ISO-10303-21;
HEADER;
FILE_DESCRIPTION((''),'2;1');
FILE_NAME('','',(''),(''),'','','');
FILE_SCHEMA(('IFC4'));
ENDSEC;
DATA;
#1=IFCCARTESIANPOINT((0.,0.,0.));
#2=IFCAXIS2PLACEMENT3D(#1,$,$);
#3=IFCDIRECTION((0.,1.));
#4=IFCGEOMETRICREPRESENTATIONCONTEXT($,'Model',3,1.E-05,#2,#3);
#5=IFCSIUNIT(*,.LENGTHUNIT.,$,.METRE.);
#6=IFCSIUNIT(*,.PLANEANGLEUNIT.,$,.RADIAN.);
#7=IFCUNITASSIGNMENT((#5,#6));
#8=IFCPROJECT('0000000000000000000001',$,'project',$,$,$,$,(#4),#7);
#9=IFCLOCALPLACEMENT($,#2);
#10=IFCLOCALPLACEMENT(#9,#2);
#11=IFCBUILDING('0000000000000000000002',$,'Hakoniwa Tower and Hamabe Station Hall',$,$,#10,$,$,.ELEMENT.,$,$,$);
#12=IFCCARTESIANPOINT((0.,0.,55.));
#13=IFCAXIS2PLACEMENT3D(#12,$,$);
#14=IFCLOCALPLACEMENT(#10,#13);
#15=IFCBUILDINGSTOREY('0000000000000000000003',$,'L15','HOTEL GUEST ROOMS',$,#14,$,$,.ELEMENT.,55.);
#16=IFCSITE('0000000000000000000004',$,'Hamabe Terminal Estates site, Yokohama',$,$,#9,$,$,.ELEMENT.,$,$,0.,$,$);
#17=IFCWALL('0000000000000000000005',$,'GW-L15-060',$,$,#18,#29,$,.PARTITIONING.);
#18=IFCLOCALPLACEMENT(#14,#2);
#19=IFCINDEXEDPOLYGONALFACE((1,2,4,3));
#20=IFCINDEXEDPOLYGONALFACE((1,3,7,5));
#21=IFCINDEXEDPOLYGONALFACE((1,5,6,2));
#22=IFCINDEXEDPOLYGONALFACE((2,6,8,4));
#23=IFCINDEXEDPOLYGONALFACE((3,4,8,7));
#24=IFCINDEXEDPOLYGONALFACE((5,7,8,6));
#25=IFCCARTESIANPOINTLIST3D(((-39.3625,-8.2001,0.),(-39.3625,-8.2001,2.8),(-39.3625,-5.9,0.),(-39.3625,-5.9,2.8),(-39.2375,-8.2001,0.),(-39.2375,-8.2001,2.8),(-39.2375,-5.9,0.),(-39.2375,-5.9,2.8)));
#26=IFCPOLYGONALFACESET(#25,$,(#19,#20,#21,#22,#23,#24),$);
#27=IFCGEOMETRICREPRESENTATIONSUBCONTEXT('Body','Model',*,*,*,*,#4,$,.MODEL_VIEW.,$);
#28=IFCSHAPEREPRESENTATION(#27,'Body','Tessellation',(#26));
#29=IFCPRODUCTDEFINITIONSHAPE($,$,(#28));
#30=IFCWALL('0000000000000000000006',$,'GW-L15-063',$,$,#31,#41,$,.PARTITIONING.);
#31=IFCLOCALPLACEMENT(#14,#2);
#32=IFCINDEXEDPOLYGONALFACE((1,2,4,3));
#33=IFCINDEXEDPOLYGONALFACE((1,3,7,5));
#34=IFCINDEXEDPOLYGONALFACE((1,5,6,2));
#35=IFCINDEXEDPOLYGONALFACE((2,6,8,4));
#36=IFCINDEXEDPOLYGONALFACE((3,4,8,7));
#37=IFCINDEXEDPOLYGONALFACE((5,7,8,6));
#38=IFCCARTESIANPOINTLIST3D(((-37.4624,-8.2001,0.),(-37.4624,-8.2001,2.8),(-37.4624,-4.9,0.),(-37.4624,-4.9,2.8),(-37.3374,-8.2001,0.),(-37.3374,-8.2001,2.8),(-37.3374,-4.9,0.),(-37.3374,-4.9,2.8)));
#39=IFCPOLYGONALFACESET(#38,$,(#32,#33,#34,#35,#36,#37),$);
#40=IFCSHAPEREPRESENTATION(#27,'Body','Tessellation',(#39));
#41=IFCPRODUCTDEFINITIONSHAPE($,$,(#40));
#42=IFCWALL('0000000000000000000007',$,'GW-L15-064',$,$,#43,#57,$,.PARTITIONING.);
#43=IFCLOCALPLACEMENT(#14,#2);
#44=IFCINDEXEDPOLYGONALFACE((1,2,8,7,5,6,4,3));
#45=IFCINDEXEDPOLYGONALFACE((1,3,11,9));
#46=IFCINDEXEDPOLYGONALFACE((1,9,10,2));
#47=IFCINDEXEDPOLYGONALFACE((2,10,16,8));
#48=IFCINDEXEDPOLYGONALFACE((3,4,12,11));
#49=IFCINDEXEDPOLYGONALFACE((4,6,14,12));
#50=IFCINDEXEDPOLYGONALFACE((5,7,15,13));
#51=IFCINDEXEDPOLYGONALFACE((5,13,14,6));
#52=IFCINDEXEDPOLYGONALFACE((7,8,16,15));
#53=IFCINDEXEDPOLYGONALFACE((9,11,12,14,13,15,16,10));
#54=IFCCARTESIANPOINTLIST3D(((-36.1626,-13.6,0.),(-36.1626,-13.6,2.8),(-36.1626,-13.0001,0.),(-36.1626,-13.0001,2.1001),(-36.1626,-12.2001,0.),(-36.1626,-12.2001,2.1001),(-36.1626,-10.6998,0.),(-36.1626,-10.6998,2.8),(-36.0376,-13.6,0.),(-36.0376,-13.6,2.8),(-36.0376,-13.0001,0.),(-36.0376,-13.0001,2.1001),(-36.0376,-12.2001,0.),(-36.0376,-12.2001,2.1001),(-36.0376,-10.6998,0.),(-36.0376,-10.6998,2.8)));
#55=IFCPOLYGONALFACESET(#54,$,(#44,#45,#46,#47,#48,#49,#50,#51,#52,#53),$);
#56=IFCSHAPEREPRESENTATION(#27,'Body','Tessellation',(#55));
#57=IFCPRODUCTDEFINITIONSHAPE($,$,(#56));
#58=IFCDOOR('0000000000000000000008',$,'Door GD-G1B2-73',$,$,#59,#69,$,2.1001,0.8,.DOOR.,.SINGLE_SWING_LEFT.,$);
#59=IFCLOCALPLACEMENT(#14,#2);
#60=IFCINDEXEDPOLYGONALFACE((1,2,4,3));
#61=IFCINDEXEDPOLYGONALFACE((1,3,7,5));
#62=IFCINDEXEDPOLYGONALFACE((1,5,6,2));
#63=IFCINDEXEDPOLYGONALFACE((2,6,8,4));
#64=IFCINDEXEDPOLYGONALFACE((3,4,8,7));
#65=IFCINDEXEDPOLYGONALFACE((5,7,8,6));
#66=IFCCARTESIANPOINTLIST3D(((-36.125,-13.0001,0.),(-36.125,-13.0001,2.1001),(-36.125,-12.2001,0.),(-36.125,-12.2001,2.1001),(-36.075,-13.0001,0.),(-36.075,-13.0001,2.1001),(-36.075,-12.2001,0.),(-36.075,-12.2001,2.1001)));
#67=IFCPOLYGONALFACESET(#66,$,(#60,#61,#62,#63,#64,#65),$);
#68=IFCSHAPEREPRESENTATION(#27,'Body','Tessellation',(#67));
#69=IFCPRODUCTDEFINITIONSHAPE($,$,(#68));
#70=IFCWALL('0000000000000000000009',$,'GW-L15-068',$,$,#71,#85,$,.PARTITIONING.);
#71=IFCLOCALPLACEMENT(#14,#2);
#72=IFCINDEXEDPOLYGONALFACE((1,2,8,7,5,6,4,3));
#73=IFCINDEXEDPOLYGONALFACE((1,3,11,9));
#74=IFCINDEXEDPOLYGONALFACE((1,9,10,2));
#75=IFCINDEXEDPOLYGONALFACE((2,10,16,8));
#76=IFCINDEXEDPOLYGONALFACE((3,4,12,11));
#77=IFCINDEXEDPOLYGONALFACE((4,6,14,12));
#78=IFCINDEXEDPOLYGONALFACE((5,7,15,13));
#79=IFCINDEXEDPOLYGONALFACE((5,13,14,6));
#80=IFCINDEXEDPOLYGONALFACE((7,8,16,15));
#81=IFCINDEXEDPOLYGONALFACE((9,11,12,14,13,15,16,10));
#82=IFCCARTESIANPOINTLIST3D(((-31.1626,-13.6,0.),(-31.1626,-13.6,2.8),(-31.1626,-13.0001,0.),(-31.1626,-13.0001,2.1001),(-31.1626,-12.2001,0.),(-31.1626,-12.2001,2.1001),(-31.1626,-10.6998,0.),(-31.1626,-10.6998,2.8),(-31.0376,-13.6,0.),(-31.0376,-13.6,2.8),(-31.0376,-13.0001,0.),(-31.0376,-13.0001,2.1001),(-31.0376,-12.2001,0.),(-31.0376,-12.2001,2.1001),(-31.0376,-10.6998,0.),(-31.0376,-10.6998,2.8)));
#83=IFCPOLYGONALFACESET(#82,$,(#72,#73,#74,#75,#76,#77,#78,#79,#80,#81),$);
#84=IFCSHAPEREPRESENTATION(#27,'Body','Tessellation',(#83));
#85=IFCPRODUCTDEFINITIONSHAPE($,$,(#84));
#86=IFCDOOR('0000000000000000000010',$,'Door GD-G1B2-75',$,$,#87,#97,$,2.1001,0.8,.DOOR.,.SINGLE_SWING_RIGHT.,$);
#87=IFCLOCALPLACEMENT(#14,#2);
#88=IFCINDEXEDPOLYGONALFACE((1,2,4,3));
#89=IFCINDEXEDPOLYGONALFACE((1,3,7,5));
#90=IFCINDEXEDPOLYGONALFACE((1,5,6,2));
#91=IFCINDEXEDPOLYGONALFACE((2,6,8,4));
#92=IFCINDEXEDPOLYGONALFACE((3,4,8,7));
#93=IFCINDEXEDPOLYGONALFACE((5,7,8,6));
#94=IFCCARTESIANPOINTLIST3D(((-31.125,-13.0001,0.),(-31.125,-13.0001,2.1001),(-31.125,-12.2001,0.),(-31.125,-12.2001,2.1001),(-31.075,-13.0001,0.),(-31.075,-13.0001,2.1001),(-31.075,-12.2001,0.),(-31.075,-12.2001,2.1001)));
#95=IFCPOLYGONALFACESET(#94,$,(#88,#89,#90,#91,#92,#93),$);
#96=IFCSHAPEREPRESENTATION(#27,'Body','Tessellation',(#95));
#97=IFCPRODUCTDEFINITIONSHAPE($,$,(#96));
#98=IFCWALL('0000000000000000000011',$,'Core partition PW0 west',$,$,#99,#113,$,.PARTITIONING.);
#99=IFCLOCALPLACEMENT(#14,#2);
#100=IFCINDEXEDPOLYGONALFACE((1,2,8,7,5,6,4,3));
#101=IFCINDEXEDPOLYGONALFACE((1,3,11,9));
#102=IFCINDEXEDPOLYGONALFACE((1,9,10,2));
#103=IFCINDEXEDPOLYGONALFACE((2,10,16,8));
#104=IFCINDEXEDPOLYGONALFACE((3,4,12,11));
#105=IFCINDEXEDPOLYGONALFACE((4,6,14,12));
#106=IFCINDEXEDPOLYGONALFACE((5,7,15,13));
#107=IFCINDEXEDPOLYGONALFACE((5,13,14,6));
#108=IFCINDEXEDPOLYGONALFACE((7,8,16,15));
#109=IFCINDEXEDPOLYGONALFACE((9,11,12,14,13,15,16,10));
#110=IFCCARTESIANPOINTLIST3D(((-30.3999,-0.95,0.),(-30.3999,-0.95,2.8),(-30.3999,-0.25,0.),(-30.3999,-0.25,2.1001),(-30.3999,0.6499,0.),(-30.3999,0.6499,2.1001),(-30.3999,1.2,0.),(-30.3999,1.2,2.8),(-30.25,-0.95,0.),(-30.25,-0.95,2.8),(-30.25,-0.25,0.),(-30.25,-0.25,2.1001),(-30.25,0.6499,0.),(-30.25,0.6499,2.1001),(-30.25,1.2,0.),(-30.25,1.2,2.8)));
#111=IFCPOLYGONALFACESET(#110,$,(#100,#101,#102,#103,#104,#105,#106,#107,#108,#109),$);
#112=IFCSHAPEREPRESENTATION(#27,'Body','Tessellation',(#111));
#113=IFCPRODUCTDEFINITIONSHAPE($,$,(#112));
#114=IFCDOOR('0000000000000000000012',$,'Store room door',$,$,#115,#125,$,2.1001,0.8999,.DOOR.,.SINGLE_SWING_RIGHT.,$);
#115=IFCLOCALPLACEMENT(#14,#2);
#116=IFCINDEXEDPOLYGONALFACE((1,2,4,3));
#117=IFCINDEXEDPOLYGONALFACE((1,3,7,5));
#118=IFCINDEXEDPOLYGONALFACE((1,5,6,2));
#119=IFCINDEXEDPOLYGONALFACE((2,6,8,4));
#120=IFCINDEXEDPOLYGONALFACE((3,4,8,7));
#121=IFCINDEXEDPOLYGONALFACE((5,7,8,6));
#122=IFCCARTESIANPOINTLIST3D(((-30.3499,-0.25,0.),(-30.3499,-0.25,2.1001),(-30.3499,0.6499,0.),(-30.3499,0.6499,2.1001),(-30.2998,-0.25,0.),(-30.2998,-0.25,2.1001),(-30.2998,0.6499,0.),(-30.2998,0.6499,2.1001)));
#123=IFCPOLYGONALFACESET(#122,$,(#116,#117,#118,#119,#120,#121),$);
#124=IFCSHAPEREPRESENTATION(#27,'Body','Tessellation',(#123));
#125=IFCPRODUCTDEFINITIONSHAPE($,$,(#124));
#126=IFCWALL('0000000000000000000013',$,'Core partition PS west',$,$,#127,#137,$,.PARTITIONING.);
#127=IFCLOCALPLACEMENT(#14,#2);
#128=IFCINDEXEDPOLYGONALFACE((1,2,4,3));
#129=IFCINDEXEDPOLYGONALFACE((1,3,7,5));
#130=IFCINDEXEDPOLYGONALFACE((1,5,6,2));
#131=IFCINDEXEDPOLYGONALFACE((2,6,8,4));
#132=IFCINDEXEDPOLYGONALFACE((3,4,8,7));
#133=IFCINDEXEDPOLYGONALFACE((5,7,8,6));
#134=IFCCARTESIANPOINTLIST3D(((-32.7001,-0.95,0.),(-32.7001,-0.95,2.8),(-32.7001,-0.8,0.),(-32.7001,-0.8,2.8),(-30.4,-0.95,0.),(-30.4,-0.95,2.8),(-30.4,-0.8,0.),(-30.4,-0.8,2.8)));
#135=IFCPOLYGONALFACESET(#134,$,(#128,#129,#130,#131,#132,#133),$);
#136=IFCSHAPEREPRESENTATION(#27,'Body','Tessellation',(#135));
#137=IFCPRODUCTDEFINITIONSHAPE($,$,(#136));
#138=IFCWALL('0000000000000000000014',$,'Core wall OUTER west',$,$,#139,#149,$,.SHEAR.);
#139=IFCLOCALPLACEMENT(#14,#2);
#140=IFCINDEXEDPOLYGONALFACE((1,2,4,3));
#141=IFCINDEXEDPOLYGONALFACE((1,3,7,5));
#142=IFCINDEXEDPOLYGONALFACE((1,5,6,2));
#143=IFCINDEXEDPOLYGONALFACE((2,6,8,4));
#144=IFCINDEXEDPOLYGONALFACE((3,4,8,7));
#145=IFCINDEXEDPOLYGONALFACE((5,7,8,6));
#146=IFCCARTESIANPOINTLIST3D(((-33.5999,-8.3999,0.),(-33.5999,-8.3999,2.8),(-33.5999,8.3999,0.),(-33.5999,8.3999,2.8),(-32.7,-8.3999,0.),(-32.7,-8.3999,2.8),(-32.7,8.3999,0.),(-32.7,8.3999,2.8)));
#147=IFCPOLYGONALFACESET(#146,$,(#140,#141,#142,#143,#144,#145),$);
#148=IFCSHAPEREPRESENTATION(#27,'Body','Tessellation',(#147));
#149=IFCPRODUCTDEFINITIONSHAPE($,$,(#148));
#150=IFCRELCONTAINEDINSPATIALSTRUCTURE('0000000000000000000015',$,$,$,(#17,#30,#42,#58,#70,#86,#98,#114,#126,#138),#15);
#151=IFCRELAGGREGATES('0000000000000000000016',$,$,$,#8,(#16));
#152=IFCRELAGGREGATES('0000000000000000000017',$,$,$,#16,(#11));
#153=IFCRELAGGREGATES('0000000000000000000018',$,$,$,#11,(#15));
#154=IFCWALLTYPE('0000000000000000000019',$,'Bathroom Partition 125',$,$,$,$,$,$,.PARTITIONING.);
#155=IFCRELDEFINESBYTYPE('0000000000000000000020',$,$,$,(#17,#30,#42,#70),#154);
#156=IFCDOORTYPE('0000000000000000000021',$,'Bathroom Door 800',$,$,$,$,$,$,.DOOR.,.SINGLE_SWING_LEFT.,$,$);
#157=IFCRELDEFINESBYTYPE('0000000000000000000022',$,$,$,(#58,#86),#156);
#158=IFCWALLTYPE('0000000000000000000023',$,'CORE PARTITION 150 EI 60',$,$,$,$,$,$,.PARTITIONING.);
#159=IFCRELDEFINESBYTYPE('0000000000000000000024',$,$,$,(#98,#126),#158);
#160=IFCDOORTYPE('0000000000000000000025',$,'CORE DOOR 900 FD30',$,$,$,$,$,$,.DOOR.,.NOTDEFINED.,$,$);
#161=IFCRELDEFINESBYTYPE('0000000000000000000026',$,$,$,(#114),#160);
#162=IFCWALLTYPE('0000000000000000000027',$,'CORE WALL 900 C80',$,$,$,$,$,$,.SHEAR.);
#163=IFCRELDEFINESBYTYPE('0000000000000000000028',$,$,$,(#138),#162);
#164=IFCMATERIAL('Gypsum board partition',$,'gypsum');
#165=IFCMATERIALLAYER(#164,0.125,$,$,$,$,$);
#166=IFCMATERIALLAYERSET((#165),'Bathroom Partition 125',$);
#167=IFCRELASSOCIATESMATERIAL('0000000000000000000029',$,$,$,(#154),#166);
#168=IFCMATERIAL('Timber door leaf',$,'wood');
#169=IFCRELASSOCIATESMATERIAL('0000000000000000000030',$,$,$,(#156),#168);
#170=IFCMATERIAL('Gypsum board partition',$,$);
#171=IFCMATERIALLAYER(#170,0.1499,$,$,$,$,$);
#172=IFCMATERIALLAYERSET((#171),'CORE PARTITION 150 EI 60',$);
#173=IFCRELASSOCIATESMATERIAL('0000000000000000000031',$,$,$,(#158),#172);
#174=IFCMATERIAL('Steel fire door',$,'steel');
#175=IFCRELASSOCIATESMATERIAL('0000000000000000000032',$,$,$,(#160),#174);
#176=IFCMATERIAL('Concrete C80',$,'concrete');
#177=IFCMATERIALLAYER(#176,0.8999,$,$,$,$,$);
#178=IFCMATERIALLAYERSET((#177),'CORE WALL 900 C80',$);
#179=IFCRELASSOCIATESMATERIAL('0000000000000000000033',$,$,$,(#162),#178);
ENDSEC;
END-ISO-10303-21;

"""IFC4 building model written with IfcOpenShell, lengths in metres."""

from ifc_helpers import new_model, si_unit, direction, frame, frame_2d, origin, place, context, subcontext, project, spatial, rectangle, extrude, material, layer, layer_set, type_object, element, fill, save


model = new_model("IFC4")

# Units and contexts
model_context = context("Model", 3, precision=1e-05, world=origin(), true_north=direction((0.0, 1.0)))
body_context = subcontext(model_context, "Body", "Model", "MODEL_VIEW")
ifc_project = project(units=[si_unit("LENGTHUNIT", "METRE"), si_unit("PLANEANGLEUNIT", "RADIAN")], contexts=[model_context])

# Site, building, storey
site_placement = place(None, origin())
site = spatial("IfcSite", under=ifc_project, at=site_placement, Name="Hamabe Terminal Estates site, Yokohama", CompositionType="ELEMENT", RefElevation=0.0)
building_placement = place(site_placement, origin())
building = spatial("IfcBuilding", under=site, at=building_placement, Name="Hakoniwa Tower and Hamabe Station Hall", CompositionType="ELEMENT")
storey_placement = place(building_placement, frame((0.0, 0.0, 55.0)))
storey = spatial("IfcBuildingStorey", under=building, at=storey_placement, Name="L15", Description="HOTEL GUEST ROOMS", CompositionType="ELEMENT", Elevation=55.0)

# Shared definitions
ifc_material_1 = material(Name="Gypsum board partition", Category="gypsum")
ifc_layer_1 = layer(ifc_material_1, 0.125)
ifc_layer_set_1 = layer_set([ifc_layer_1], Name="Bathroom Partition 125")
wall_type_1 = type_object("IfcWallType", Name="Bathroom Partition 125", PredefinedType="PARTITIONING", material=ifc_layer_set_1)

# Shared definitions
ifc_material_2 = material(Name="Timber door leaf", Category="wood")
door_type_1 = type_object("IfcDoorType", Name="Bathroom Door 800", OperationType="SINGLE_SWING_LEFT", PredefinedType="DOOR", material=ifc_material_2)

# Walls
wall_1_placement = place(storey_placement, frame((-39.3, -8.2, 0.0), z_axis=(0.0, 0.0, 1.0), x_axis=(0.0, 1.0, 0.0)))
element("IfcWall", 1, at=wall_1_placement, inside=storey, type_object=wall_type_1, Name="GW-L15-060", PredefinedType="PARTITIONING", context=body_context, shape_type="SweptSolid", body=[
    extrude(rectangle(XDim=2.3, YDim=0.125, at=frame_2d((1.1499, 0.0))), origin(), (0.0, 0.0, 1.0), 2.8),
])
wall_2_placement = place(storey_placement, frame((-37.3999, -8.2, 0.0), z_axis=(0.0, 0.0, 1.0), x_axis=(0.0, 1.0, 0.0)))
element("IfcWall", 2, at=wall_2_placement, inside=storey, type_object=wall_type_1, Name="GW-L15-063", PredefinedType="PARTITIONING", context=body_context, shape_type="SweptSolid", body=[
    extrude(rectangle(XDim=3.3, YDim=0.125, at=frame_2d((1.6499, 0.0))), origin(), (0.0, 0.0, 1.0), 2.8),
])

# Walls, openings, doors
wall_3_placement = place(storey_placement, frame((-36.1001, -13.6001, 0.0), z_axis=(0.0, 0.0, 1.0), x_axis=(0.0, 1.0, 0.0)))
wall_3 = element("IfcWall", 3, at=wall_3_placement, inside=storey, type_object=wall_type_1, Name="GW-L15-064", PredefinedType="PARTITIONING", context=body_context, shape_type="SweptSolid", body=[
    extrude(rectangle(XDim=2.9001, YDim=0.125, at=frame_2d((1.4502, 0.0))), origin(), (0.0, 0.0, 1.0), 2.8),
])
opening_1_placement = place(wall_3_placement, frame((0.6001, 0.0, 0.0)))
opening_1 = element("IfcOpeningElement", 4, at=opening_1_placement, cuts=wall_3, PredefinedType="OPENING", context=body_context, shape_type="SweptSolid", body=[
    extrude(rectangle(XDim=0.8, YDim=2.1001, at=frame_2d((0.3999, 1.05))), frame((0.0, 0.0725, 0.0), z_axis=(0.0, -1.0, 0.0), x_axis=(1.0, 0.0, 0.0)), (0.0, 0.0, 1.0), 0.145),
])
door_1_placement = place(opening_1_placement, origin())
door_1 = element("IfcDoor", 5, at=door_1_placement, inside=storey, type_object=door_type_1, Name="Door GD-G1B2-73", OperationType="SINGLE_SWING_LEFT", OverallHeight=2.1001, OverallWidth=0.8, PredefinedType="DOOR", context=body_context, shape_type="SweptSolid", body=[
    extrude(rectangle(XDim=0.8, YDim=2.1001, at=frame_2d((0.3999, 1.05))), frame((0.0, 0.0249, 0.0), z_axis=(0.0, -1.0, 0.0), x_axis=(1.0, 0.0, 0.0)), (0.0, 0.0, 1.0), 0.05),
])
fill(opening_1, door_1)
wall_4_placement = place(storey_placement, frame((-31.1001, -13.6001, 0.0), z_axis=(0.0, 0.0, 1.0), x_axis=(0.0, 1.0, 0.0)))
wall_4 = element("IfcWall", 6, at=wall_4_placement, inside=storey, type_object=wall_type_1, Name="GW-L15-068", PredefinedType="PARTITIONING", context=body_context, shape_type="SweptSolid", body=[
    extrude(rectangle(XDim=2.9001, YDim=0.125, at=frame_2d((1.4502, 0.0))), origin(), (0.0, 0.0, 1.0), 2.8),
])
opening_2_placement = place(wall_4_placement, frame((0.6001, 0.0, 0.0)))
opening_2 = element("IfcOpeningElement", 7, at=opening_2_placement, cuts=wall_4, PredefinedType="OPENING", context=body_context, shape_type="SweptSolid", body=[
    extrude(rectangle(XDim=0.8, YDim=2.1001, at=frame_2d((0.3999, 1.05))), frame((0.0, 0.0725, 0.0), z_axis=(0.0, -1.0, 0.0), x_axis=(1.0, 0.0, 0.0)), (0.0, 0.0, 1.0), 0.145),
])
door_2_placement = place(opening_2_placement, origin())
door_2 = element("IfcDoor", 8, at=door_2_placement, inside=storey, type_object=door_type_1, Name="Door GD-G1B2-75", OperationType="SINGLE_SWING_RIGHT", OverallHeight=2.1001, OverallWidth=0.8, PredefinedType="DOOR", context=body_context, shape_type="SweptSolid", body=[
    extrude(rectangle(XDim=0.8, YDim=2.1001, at=frame_2d((0.3999, 1.05))), frame((0.0, 0.0249, 0.0), z_axis=(0.0, -1.0, 0.0), x_axis=(1.0, 0.0, 0.0)), (0.0, 0.0, 1.0), 0.05),
])
fill(opening_2, door_2)
ifc_material_3 = material(Name="Gypsum board partition")
ifc_layer_2 = layer(ifc_material_3, 0.1499)
ifc_layer_set_2 = layer_set([ifc_layer_2], Name="CORE PARTITION 150 EI 60")
wall_type_2 = type_object("IfcWallType", Name="CORE PARTITION 150 EI 60", PredefinedType="PARTITIONING", material=ifc_layer_set_2)
wall_5_placement = place(storey_placement, frame((-30.325, -0.95, 0.0), z_axis=(0.0, 0.0, 1.0), x_axis=(0.0, 1.0, 0.0)))
wall_5 = element("IfcWall", 9, at=wall_5_placement, inside=storey, type_object=wall_type_2, Name="Core partition PW0 west", PredefinedType="PARTITIONING", context=body_context, shape_type="SweptSolid", body=[
    extrude(rectangle(XDim=2.1499, YDim=0.1499, at=frame_2d((1.075, 0.0))), origin(), (0.0, 0.0, 1.0), 2.8),
])
opening_3_placement = place(wall_5_placement, frame((0.7, 0.0, 0.0)))
opening_3 = element("IfcOpeningElement", 10, at=opening_3_placement, cuts=wall_5, PredefinedType="OPENING", context=body_context, shape_type="SweptSolid", body=[
    extrude(rectangle(XDim=0.8999, YDim=2.1001, at=frame_2d((0.45, 1.05))), frame((0.0, 0.085, 0.0), z_axis=(0.0, -1.0, 0.0), x_axis=(1.0, 0.0, 0.0)), (0.0, 0.0, 1.0), 0.1699),
])
ifc_material_4 = material(Name="Steel fire door", Category="steel")
door_type_2 = type_object("IfcDoorType", Name="CORE DOOR 900 FD30", OperationType="NOTDEFINED", PredefinedType="DOOR", material=ifc_material_4)
door_3_placement = place(opening_3_placement, origin())
door_3 = element("IfcDoor", 11, at=door_3_placement, inside=storey, type_object=door_type_2, Name="Store room door", OperationType="SINGLE_SWING_RIGHT", OverallHeight=2.1001, OverallWidth=0.8999, PredefinedType="DOOR", context=body_context, shape_type="SweptSolid", body=[
    extrude(rectangle(XDim=0.8999, YDim=2.1001, at=frame_2d((0.45, 1.05))), frame((0.0, 0.0249, 0.0), z_axis=(0.0, -1.0, 0.0), x_axis=(1.0, 0.0, 0.0)), (0.0, 0.0, 1.0), 0.05),
])
fill(opening_3, door_3)

# Walls
wall_6_placement = place(storey_placement, frame((-32.7, -0.875, 0.0), z_axis=(0.0, 0.0, 1.0), x_axis=(1.0, 0.0, 0.0)))
element("IfcWall", 12, at=wall_6_placement, inside=storey, type_object=wall_type_2, Name="Core partition PS west", PredefinedType="PARTITIONING", context=body_context, shape_type="SweptSolid", body=[
    extrude(rectangle(XDim=2.3, YDim=0.1499, at=frame_2d((1.1499, 0.0))), origin(), (0.0, 0.0, 1.0), 2.8),
])
ifc_material_5 = material(Name="Concrete C80", Category="concrete")
ifc_layer_3 = layer(ifc_material_5, 0.8999)
ifc_layer_set_3 = layer_set([ifc_layer_3], Name="CORE WALL 900 C80")
wall_type_3 = type_object("IfcWallType", Name="CORE WALL 900 C80", PredefinedType="SHEAR", material=ifc_layer_set_3)
wall_7_placement = place(storey_placement, frame((-33.1499, -8.3999, 0.0), z_axis=(0.0, 0.0, 1.0), x_axis=(0.0, 1.0, 0.0)))
element("IfcWall", 13, at=wall_7_placement, inside=storey, type_object=wall_type_3, Name="Core wall OUTER west", PredefinedType="SHEAR", context=body_context, shape_type="SweptSolid", body=[
    extrude(rectangle(XDim=16.7998, YDim=0.8999, at=frame_2d((8.3999, 0.0))), origin(), (0.0, 0.0, 1.0), 2.8),
])

save(model, "model.ifc")
